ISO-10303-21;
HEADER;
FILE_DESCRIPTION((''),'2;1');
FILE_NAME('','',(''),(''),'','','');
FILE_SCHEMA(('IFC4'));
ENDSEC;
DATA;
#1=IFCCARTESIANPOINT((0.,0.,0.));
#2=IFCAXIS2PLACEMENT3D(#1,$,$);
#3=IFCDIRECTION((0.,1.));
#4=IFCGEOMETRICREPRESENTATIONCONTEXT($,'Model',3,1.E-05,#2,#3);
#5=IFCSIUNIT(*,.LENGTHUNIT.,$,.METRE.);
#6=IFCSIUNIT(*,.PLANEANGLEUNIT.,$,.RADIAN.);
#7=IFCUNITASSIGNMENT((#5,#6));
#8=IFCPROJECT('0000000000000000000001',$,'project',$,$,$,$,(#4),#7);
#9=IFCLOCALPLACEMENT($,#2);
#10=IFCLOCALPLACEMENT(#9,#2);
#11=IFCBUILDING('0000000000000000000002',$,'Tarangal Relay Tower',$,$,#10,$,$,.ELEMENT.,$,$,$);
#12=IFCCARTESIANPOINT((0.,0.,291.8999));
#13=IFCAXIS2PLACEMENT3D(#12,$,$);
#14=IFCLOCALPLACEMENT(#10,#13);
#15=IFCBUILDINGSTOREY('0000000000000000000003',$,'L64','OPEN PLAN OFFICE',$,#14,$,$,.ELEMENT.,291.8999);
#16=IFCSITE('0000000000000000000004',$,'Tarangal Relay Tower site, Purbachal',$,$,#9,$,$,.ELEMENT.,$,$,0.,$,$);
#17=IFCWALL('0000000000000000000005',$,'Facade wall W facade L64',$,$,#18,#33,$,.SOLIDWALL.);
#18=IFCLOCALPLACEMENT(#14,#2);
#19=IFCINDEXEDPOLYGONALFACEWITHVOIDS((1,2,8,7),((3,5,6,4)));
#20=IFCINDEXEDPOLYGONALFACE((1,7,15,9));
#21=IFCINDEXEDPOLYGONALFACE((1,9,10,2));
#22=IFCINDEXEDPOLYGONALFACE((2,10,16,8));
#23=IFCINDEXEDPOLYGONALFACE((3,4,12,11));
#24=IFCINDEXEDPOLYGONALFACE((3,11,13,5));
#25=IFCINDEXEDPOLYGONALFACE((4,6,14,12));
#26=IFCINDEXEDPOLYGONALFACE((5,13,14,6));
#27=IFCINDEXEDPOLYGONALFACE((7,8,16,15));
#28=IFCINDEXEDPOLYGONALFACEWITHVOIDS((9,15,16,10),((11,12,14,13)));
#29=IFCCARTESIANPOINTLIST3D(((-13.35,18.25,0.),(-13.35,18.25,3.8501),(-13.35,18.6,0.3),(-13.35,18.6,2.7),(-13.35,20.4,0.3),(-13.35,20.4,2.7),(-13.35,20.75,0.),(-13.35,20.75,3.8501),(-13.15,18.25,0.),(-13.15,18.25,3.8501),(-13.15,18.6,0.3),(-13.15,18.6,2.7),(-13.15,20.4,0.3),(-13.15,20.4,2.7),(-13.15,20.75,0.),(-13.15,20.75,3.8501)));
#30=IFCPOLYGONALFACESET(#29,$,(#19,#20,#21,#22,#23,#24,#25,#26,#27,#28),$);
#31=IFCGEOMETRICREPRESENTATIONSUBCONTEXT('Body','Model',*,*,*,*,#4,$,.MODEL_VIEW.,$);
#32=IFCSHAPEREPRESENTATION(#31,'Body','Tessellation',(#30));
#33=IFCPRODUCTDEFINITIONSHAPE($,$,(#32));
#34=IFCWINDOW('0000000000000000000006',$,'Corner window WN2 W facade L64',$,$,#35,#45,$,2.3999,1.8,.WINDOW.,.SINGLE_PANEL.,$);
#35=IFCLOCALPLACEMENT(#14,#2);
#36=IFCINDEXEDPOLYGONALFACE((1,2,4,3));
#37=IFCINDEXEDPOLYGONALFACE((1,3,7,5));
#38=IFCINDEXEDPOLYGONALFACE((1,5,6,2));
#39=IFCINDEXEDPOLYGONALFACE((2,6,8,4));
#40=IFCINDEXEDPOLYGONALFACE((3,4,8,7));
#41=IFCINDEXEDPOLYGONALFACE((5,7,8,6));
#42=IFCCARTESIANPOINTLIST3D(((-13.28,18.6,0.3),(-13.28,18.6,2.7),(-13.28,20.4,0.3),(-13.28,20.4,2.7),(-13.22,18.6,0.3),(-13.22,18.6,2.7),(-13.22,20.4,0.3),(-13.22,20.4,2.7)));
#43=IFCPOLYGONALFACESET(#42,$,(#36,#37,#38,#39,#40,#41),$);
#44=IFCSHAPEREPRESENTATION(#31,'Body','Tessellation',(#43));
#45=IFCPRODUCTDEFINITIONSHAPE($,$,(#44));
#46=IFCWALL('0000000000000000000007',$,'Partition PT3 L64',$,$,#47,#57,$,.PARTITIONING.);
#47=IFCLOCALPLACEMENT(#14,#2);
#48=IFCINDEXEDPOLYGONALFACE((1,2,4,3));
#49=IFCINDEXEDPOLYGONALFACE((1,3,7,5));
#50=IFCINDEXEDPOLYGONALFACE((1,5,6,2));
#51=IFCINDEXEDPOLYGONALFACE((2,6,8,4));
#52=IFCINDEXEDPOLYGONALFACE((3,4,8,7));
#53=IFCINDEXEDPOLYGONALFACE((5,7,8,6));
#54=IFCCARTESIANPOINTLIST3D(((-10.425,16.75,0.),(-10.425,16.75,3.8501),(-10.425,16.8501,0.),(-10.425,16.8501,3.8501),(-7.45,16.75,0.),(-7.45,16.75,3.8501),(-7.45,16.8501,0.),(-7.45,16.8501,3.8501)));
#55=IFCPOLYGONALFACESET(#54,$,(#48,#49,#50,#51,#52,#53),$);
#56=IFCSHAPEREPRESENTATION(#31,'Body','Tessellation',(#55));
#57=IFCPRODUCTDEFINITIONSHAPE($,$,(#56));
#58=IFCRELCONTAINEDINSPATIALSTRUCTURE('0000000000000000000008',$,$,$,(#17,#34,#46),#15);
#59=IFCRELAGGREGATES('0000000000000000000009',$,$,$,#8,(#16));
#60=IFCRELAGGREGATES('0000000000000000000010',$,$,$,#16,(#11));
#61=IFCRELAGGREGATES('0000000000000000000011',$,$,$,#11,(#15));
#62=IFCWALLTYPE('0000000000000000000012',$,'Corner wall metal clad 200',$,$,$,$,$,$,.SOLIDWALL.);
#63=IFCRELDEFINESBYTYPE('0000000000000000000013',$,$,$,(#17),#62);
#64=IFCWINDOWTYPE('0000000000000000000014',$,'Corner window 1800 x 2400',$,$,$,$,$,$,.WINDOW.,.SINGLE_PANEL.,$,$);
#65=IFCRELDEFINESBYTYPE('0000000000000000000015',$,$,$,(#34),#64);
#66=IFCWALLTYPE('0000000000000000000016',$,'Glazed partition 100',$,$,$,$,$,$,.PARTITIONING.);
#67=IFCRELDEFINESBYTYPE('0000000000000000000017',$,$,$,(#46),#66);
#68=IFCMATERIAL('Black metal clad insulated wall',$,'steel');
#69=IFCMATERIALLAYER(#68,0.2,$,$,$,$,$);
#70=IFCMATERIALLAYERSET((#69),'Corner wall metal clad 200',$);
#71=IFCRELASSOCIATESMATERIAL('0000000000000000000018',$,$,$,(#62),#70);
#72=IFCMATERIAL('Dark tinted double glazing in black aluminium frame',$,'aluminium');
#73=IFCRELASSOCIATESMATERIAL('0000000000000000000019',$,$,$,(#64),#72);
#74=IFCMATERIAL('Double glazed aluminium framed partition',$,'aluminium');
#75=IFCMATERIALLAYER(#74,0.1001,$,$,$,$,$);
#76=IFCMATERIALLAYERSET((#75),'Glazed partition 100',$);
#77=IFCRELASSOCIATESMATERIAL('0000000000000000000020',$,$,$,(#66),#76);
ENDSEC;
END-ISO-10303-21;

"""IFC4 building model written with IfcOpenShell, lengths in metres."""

from ifc_helpers import new_model, si_unit, direction, frame, frame_2d, origin, place, context, subcontext, project, spatial, rectangle, extrude, material, layer, layer_set, type_object, element, fill, save


model = new_model("IFC4")

# Units and contexts
model_context = context("Model", 3, precision=1e-05, world=origin(), true_north=direction((0.0, 1.0)))
body_context = subcontext(model_context, "Body", "Model", "MODEL_VIEW")
ifc_project = project(units=[si_unit("LENGTHUNIT", "METRE"), si_unit("PLANEANGLEUNIT", "RADIAN")], contexts=[model_context])

# Site, building, storey
site_placement = place(None, origin())
site = spatial("IfcSite", under=ifc_project, at=site_placement, Name="Tarangal Relay Tower site, Purbachal", CompositionType="ELEMENT", RefElevation=0.0)
building_placement = place(site_placement, origin())
building = spatial("IfcBuilding", under=site, at=building_placement, Name="Tarangal Relay Tower", CompositionType="ELEMENT")
storey_placement = place(building_placement, frame((0.0, 0.0, 291.8999)))
storey = spatial("IfcBuildingStorey", under=building, at=storey_placement, Name="L64", Description="OPEN PLAN OFFICE", CompositionType="ELEMENT", Elevation=291.8999)

# Shared definitions
ifc_material_1 = material(Name="Black metal clad insulated wall", Category="steel")
ifc_layer_1 = layer(ifc_material_1, 0.2)
ifc_layer_set_1 = layer_set([ifc_layer_1], Name="Corner wall metal clad 200")
wall_type_1 = type_object("IfcWallType", Name="Corner wall metal clad 200", PredefinedType="SOLIDWALL", material=ifc_layer_set_1)

# Shared definitions
ifc_material_2 = material(Name="Dark tinted double glazing in black aluminium frame", Category="aluminium")
window_type = type_object("IfcWindowType", Name="Corner window 1800 x 2400", PartitioningType="SINGLE_PANEL", PredefinedType="WINDOW", material=ifc_material_2)

# Wall, opening, window
wall_1_placement = place(storey_placement, frame((-13.25, 18.25, 0.0), z_axis=(0.0, 0.0, 1.0), x_axis=(0.0, 1.0, 0.0)))
wall_1 = element("IfcWall", 1, at=wall_1_placement, inside=storey, type_object=wall_type_1, Name="Facade wall W facade L64", PredefinedType="SOLIDWALL", context=body_context, shape_type="SweptSolid", body=[
    extrude(rectangle(XDim=2.5, YDim=0.2, at=frame_2d((1.25, 0.0))), origin(), (0.0, 0.0, 1.0), 3.8501),
])
opening_1_placement = place(wall_1_placement, frame((0.3501, 0.0, 0.3)))
opening_1 = element("IfcOpeningElement", 2, at=opening_1_placement, cuts=wall_1, PredefinedType="OPENING", context=body_context, shape_type="SweptSolid", body=[
    extrude(rectangle(XDim=1.8, YDim=2.3999, at=frame_2d((0.8999, 1.2))), frame((0.0, 0.1099, 0.0), z_axis=(0.0, -1.0, 0.0), x_axis=(1.0, 0.0, 0.0)), (0.0, 0.0, 1.0), 0.22),
])
window_1_placement = place(opening_1_placement, origin())
window_1 = element("IfcWindow", 3, at=window_1_placement, inside=storey, type_object=window_type, Name="Corner window WN2 W facade L64", OverallHeight=2.3999, OverallWidth=1.8, PartitioningType="SINGLE_PANEL", PredefinedType="WINDOW", context=body_context, shape_type="SweptSolid", body=[
    extrude(rectangle(XDim=1.8, YDim=2.3999, at=frame_2d((0.8999, 1.2))), frame((0.0, 0.03, 0.0), z_axis=(0.0, -1.0, 0.0), x_axis=(1.0, 0.0, 0.0)), (0.0, 0.0, 1.0), 0.0601),
])
fill(opening_1, window_1)

# Wall
ifc_material_3 = material(Name="Double glazed aluminium framed partition", Category="aluminium")
ifc_layer_2 = layer(ifc_material_3, 0.1001)
ifc_layer_set_2 = layer_set([ifc_layer_2], Name="Glazed partition 100")
wall_type_2 = type_object("IfcWallType", Name="Glazed partition 100", PredefinedType="PARTITIONING", material=ifc_layer_set_2)
wall_2_placement = place(storey_placement, frame((-10.425, 16.8, 0.0), z_axis=(0.0, 0.0, 1.0), x_axis=(1.0, 0.0, 0.0)))
element("IfcWall", 4, at=wall_2_placement, inside=storey, type_object=wall_type_2, Name="Partition PT3 L64", PredefinedType="PARTITIONING", context=body_context, shape_type="SweptSolid", body=[
    extrude(rectangle(XDim=2.9751, YDim=0.1001, at=frame_2d((1.4875, 0.0))), origin(), (0.0, 0.0, 1.0), 3.8501),
])

save(model, "model.ifc")
